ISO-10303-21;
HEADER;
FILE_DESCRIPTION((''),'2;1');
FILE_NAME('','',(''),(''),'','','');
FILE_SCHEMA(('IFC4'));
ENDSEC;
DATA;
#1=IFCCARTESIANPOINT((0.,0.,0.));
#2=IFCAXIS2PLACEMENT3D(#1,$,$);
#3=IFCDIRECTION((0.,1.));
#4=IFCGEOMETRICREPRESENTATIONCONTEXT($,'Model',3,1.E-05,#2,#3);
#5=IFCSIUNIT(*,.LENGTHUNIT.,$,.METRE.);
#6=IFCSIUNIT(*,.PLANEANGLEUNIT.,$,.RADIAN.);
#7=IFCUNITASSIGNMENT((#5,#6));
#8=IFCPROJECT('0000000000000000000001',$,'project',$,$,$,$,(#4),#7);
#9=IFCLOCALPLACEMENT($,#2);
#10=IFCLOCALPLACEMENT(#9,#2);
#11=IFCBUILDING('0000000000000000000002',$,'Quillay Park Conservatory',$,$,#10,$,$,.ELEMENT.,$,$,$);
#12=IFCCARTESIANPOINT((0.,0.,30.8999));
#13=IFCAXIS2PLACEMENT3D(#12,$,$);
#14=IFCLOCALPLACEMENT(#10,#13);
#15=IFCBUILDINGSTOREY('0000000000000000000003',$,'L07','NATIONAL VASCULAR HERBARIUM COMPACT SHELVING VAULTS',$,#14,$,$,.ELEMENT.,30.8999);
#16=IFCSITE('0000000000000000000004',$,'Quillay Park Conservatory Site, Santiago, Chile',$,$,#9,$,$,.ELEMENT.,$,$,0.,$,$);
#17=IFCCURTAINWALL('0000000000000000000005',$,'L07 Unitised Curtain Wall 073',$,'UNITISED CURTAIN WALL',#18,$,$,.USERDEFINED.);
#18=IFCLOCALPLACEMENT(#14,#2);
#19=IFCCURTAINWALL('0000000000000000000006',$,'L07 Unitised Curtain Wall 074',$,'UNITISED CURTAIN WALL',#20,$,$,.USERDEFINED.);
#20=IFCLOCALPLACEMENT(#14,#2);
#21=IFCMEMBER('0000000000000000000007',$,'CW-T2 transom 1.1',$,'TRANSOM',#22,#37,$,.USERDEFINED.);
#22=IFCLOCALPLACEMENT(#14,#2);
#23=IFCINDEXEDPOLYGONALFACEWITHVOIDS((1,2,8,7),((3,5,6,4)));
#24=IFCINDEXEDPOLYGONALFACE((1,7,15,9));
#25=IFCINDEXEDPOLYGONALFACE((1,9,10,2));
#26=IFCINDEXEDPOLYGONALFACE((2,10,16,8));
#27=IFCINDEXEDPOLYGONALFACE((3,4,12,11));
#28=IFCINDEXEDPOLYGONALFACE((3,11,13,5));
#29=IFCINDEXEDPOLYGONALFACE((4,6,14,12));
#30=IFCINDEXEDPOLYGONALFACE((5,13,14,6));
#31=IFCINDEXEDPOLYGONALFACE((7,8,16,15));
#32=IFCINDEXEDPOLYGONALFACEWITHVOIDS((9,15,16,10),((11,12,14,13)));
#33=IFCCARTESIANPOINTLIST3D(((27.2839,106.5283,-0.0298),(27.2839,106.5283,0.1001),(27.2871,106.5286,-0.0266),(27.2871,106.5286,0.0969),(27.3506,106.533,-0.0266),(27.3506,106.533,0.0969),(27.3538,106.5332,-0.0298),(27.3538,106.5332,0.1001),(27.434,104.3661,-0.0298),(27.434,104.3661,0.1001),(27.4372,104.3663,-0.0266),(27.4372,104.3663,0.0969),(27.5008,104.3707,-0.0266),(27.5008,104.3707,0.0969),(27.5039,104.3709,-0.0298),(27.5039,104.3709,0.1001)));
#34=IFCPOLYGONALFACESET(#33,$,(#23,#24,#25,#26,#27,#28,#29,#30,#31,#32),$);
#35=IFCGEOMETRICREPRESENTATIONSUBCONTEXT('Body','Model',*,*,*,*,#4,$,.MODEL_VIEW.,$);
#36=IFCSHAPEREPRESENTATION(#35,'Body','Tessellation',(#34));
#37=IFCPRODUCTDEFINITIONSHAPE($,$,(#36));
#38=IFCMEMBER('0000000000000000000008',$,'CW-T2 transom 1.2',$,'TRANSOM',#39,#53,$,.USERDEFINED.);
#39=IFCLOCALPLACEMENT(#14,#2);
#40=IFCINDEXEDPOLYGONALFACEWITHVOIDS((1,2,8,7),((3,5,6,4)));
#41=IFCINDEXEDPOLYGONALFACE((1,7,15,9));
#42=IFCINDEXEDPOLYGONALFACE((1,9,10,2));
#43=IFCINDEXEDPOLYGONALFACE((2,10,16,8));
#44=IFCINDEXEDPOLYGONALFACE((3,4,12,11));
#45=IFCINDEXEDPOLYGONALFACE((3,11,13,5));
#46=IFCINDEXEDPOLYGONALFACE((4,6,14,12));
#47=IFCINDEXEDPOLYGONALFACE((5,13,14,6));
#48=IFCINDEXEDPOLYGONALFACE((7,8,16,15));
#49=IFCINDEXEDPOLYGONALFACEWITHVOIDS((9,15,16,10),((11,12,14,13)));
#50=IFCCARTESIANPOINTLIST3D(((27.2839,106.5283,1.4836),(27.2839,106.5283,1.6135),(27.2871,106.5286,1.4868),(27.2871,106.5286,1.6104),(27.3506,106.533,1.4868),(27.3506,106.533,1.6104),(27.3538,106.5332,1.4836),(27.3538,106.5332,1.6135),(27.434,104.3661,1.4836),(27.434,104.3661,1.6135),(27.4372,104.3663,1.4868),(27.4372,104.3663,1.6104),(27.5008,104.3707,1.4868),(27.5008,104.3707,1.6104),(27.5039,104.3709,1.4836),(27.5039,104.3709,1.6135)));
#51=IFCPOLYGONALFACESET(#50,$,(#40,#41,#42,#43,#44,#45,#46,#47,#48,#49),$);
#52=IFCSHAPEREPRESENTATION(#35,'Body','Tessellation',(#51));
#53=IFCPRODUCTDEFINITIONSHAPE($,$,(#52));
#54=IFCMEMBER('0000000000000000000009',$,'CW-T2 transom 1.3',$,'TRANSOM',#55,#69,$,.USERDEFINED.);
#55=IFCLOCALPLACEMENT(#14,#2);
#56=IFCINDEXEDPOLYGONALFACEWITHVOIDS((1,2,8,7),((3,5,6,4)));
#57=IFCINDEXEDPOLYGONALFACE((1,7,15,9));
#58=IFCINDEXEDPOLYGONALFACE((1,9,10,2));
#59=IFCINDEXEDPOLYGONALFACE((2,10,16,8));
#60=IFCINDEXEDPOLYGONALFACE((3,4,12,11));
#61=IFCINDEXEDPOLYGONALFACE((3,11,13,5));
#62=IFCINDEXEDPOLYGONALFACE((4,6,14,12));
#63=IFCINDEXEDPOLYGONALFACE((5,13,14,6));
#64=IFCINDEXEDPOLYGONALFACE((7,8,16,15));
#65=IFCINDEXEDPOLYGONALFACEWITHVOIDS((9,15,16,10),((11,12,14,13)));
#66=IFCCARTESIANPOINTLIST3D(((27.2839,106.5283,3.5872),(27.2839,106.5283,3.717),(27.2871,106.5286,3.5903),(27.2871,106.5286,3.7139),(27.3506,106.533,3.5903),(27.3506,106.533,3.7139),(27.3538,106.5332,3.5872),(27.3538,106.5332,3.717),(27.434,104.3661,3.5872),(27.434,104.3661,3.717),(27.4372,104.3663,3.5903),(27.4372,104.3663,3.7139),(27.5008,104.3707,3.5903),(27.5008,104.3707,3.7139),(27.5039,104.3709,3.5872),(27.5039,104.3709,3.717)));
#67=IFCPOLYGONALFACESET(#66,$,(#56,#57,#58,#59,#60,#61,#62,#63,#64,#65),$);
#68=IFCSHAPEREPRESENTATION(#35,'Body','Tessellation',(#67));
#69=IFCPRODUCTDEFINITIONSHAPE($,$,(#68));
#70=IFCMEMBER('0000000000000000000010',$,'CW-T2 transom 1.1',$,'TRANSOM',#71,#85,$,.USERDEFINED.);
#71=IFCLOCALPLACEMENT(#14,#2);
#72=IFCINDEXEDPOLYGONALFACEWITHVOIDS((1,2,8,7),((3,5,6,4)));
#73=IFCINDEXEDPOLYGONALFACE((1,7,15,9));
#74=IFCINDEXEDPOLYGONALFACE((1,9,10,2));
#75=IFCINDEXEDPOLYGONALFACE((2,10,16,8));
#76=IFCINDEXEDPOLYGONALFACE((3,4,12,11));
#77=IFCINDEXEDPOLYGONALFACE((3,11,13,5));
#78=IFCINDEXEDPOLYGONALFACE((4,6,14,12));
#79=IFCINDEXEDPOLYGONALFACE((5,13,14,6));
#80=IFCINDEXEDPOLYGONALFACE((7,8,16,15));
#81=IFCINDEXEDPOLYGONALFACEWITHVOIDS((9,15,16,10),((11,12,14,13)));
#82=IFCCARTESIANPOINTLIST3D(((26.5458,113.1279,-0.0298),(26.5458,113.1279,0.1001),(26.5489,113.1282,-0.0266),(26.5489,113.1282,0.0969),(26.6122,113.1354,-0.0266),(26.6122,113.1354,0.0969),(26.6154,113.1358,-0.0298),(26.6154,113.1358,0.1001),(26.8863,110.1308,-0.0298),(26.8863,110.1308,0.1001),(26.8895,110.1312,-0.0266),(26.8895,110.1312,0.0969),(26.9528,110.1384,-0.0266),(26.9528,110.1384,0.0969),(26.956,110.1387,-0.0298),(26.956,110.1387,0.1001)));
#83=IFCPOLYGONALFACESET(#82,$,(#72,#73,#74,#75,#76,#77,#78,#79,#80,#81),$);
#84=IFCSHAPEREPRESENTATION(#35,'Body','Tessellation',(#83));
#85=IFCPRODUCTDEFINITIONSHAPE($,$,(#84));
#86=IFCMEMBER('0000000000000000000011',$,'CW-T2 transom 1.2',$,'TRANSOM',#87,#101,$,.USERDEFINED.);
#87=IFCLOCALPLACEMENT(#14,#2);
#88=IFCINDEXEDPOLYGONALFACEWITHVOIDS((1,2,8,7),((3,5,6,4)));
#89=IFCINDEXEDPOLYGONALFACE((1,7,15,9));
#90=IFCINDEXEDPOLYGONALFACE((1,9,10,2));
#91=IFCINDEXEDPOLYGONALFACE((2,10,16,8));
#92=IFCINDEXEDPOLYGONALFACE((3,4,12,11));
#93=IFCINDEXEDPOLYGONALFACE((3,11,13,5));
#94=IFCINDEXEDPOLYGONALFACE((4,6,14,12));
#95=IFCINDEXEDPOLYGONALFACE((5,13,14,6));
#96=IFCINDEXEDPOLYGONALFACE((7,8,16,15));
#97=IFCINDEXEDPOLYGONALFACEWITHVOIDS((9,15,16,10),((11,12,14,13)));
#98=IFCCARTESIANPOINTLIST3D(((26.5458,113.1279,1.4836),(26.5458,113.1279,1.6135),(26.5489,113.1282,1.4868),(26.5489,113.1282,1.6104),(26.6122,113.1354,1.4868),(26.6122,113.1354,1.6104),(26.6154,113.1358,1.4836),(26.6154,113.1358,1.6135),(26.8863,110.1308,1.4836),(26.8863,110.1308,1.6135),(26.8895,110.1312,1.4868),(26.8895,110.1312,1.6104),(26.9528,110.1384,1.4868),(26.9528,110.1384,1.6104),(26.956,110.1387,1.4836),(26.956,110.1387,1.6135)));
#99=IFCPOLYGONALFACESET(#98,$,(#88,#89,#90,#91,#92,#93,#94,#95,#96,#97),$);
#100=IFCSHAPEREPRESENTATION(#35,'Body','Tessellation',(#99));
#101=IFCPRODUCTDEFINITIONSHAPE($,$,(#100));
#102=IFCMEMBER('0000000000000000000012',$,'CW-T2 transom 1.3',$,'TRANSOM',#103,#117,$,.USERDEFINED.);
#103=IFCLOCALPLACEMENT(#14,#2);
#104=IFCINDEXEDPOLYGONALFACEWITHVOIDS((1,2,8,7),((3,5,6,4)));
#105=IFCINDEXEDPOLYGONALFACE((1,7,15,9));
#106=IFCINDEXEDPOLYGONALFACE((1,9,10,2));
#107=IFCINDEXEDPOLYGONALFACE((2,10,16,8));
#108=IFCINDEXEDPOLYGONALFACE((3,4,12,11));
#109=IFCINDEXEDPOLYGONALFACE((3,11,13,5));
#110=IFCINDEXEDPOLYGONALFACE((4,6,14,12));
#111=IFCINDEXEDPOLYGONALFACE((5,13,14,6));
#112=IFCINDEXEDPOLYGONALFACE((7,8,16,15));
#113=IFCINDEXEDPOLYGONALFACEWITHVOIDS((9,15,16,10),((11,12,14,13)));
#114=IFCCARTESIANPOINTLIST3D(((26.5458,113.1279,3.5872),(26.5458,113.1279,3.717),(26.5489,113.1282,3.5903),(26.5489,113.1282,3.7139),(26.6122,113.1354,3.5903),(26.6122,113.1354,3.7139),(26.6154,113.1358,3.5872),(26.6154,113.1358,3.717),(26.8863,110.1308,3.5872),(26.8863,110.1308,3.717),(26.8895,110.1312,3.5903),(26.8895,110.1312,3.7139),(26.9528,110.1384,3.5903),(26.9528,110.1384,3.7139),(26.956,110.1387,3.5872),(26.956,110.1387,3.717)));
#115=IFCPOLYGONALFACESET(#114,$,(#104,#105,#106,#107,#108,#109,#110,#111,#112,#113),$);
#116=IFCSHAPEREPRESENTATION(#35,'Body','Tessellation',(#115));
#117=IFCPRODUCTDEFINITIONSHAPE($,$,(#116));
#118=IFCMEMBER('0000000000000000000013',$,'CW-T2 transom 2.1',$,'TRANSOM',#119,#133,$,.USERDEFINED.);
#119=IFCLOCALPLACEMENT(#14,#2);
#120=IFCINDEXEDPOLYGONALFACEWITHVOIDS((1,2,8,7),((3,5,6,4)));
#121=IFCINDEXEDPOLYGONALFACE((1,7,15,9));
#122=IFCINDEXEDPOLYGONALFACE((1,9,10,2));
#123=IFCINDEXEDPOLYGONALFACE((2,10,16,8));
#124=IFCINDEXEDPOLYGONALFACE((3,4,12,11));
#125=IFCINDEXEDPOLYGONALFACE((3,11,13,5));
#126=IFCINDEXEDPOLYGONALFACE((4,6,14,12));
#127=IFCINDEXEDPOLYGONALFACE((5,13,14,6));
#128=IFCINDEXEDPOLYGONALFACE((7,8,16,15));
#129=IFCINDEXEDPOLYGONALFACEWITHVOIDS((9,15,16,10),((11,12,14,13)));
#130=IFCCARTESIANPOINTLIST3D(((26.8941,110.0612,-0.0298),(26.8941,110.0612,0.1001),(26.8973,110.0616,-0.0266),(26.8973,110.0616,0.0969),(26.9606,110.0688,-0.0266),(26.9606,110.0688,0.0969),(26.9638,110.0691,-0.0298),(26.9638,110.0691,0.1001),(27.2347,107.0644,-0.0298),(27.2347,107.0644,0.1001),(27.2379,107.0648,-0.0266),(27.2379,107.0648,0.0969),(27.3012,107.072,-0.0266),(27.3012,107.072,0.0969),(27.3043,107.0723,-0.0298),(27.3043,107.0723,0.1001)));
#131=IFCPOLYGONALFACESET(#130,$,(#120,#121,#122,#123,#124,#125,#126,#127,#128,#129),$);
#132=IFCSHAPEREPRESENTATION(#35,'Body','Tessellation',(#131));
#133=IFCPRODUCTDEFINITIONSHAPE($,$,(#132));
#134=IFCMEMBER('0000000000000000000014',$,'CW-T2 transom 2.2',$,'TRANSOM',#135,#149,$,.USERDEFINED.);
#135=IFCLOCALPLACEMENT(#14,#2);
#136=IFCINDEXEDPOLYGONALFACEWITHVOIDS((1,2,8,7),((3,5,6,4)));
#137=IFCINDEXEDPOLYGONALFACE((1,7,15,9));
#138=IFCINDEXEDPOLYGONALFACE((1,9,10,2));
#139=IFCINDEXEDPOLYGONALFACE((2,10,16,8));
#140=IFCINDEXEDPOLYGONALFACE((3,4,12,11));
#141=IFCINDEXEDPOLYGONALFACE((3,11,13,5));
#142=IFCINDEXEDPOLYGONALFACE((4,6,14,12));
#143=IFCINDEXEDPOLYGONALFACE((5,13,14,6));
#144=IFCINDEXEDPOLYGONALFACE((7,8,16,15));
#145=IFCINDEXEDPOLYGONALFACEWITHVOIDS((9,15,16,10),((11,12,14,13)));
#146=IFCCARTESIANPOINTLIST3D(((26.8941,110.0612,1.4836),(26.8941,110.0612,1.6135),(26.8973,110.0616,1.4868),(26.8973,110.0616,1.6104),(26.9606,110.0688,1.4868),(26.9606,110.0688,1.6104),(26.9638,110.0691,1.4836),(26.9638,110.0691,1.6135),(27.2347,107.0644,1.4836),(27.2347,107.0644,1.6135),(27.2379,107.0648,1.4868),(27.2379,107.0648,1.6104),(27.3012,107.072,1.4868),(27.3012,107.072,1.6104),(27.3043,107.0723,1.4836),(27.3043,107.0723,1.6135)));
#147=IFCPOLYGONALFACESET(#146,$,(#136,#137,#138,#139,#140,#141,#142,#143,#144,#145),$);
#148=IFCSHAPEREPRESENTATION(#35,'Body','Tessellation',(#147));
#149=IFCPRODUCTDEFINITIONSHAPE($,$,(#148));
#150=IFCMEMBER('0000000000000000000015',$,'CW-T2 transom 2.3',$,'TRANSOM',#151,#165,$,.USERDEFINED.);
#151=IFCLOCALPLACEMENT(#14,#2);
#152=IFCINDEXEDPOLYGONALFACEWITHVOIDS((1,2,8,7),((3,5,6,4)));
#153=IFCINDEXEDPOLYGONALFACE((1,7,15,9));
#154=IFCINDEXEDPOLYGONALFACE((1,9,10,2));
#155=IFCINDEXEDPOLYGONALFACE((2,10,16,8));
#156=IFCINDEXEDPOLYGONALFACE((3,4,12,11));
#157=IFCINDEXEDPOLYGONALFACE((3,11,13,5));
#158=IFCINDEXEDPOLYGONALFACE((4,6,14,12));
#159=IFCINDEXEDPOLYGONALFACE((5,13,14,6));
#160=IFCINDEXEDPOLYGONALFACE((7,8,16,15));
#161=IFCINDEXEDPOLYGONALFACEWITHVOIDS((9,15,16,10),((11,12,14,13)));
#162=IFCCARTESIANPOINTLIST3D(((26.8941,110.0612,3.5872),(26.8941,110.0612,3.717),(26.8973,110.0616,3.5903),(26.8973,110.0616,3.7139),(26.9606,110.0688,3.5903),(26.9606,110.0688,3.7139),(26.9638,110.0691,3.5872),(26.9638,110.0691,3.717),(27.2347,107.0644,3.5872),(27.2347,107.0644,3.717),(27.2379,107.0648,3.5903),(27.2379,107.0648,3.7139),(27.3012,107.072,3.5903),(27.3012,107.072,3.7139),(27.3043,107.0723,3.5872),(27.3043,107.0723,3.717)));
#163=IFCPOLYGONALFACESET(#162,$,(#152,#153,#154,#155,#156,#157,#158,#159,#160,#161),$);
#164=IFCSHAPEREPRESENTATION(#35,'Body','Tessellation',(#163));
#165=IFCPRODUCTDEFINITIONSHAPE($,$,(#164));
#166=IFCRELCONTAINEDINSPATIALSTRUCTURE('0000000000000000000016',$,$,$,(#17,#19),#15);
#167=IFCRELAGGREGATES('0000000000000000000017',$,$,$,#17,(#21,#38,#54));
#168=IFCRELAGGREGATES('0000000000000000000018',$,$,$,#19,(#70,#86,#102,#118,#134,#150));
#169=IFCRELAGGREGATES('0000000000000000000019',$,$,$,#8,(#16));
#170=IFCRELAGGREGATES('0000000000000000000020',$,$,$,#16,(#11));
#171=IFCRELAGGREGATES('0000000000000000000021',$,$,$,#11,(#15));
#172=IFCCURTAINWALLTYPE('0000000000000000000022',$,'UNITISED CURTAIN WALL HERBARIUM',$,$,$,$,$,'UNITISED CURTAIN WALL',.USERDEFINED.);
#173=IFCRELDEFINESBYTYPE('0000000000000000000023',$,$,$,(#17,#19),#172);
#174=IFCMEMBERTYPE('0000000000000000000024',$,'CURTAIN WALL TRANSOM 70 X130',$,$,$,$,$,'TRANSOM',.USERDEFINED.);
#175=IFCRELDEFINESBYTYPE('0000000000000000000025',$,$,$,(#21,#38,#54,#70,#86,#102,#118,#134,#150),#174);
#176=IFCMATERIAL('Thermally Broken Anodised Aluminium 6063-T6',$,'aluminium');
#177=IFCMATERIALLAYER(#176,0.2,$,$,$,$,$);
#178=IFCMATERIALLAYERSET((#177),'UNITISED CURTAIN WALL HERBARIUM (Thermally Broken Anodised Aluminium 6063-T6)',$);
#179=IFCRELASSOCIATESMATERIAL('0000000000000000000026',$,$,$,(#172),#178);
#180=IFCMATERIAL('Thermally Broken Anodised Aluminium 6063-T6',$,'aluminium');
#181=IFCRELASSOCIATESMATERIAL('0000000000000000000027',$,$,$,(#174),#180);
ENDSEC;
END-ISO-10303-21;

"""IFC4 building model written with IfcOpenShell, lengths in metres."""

from ifc_helpers import new_model, si_unit, direction, frame, origin, origin_2d, place, context, subcontext, project, spatial, hollow_rectangle, extrude, material, layer, layer_set, material_profile, profile_set, type_object, element, aggregate, save


model = new_model("IFC4")

# Units and contexts
model_context = context("Model", 3, precision=1e-05, world=origin(), true_north=direction((0.0, 1.0)))
body_context = subcontext(model_context, "Body", "Model", "MODEL_VIEW")
ifc_project = project(units=[si_unit("LENGTHUNIT", "METRE"), si_unit("PLANEANGLEUNIT", "RADIAN")], contexts=[model_context])

# Site, building, storey
site_placement = place(None, origin())
site = spatial("IfcSite", under=ifc_project, at=site_placement, Name="Quillay Park Conservatory Site, Santiago, Chile", CompositionType="ELEMENT", RefElevation=0.0)
building_placement = place(site_placement, origin())
building = spatial("IfcBuilding", under=site, at=building_placement, Name="Quillay Park Conservatory", CompositionType="ELEMENT")
storey_placement = place(building_placement, frame((0.0, 0.0, 30.8999)))
storey = spatial("IfcBuildingStorey", under=building, at=storey_placement, Name="L07", Description="NATIONAL VASCULAR HERBARIUM COMPACT SHELVING VAULTS", CompositionType="ELEMENT", Elevation=30.8999)

# Curtain wall
ifc_material_1 = material(Name="Thermally Broken Anodised Aluminium 6063-T6", Category="aluminium")
ifc_layer_1 = layer(ifc_material_1, 0.2)
ifc_layer_set_1 = layer_set([ifc_layer_1], Name="UNITISED CURTAIN WALL HERBARIUM (Thermally Broken Anodised Aluminium 6063-T6)")
curtain_wall_type = type_object("IfcCurtainWallType", Name="UNITISED CURTAIN WALL HERBARIUM", ElementType="UNITISED CURTAIN WALL", PredefinedType="USERDEFINED", material=ifc_layer_set_1)
curtain_wall_1_placement = place(storey_placement, origin())
curtain_wall_1 = element("IfcCurtainWall", 1, at=curtain_wall_1_placement, inside=storey, type_object=curtain_wall_type, Name="L07 Unitised Curtain Wall 073", ObjectType="UNITISED CURTAIN WALL", PredefinedType="USERDEFINED")

# Curtain wall
curtain_wall_2_placement = place(storey_placement, origin())
curtain_wall_2 = element("IfcCurtainWall", 2, at=curtain_wall_2_placement, inside=storey, type_object=curtain_wall_type, Name="L07 Unitised Curtain Wall 074", ObjectType="UNITISED CURTAIN WALL", PredefinedType="USERDEFINED")

# Members
ifc_material_2 = material(Name="Thermally Broken Anodised Aluminium 6063-T6", Category="aluminium")
ifc_material_profile_1 = material_profile(ifc_material_2, hollow_rectangle(XDim=0.0701, YDim=0.1299, WallThickness=0.0032, at=origin_2d()), Name="AL70x130x3.2")
ifc_profile_set_1 = profile_set([ifc_material_profile_1], Name="Thermally Broken Anodised Aluminium 6063-T6")
member_type_1 = type_object("IfcMemberType", Name="CURTAIN WALL TRANSOM 70 X130", ElementType="TRANSOM", PredefinedType="USERDEFINED", material=ifc_profile_set_1)
member_1_placement = place(storey_placement, frame((27.3188, 106.5308, 0.0352), z_axis=(0.06927, -0.997598, 0.0), x_axis=(0.997598, 0.06927, 0.0)))
member_1 = element("IfcMember", 3, at=member_1_placement, type_object=member_type_1, Name="CW-T2 transom 1.1", ObjectType="TRANSOM", PredefinedType="USERDEFINED", context=body_context, shape_type="SweptSolid", body=[
    extrude(hollow_rectangle(XDim=0.0701, YDim=0.1299, WallThickness=0.0032, at=origin_2d()), origin(), (0.0, 0.0, 1.0), 2.1675),
])
member_2_placement = place(storey_placement, frame((27.3188, 106.5308, 1.5486), z_axis=(0.06927, -0.997598, 0.0), x_axis=(0.997598, 0.06927, 0.0)))
member_2 = element("IfcMember", 4, at=member_2_placement, type_object=member_type_1, Name="CW-T2 transom 1.2", ObjectType="TRANSOM", PredefinedType="USERDEFINED", context=body_context, shape_type="SweptSolid", body=[
    extrude(hollow_rectangle(XDim=0.0701, YDim=0.1299, WallThickness=0.0032, at=origin_2d()), origin(), (0.0, 0.0, 1.0), 2.1675),
])
member_3_placement = place(storey_placement, frame((27.3188, 106.5308, 3.6521), z_axis=(0.06927, -0.997598, 0.0), x_axis=(0.997598, 0.06927, 0.0)))
member_3 = element("IfcMember", 5, at=member_3_placement, type_object=member_type_1, Name="CW-T2 transom 1.3", ObjectType="TRANSOM", PredefinedType="USERDEFINED", context=body_context, shape_type="SweptSolid", body=[
    extrude(hollow_rectangle(XDim=0.0701, YDim=0.1299, WallThickness=0.0032, at=origin_2d()), origin(), (0.0, 0.0, 1.0), 2.1675),
])
member_4_placement = place(storey_placement, frame((26.5806, 113.1318, 0.0352), z_axis=(0.11291, -0.993605, 0.0), x_axis=(0.993605, 0.11291, 0.0)))
member_4 = element("IfcMember", 6, at=member_4_placement, type_object=member_type_1, Name="CW-T2 transom 1.1", ObjectType="TRANSOM", PredefinedType="USERDEFINED", context=body_context, shape_type="SweptSolid", body=[
    extrude(hollow_rectangle(XDim=0.0701, YDim=0.1299, WallThickness=0.0032, at=origin_2d()), origin(), (0.0, 0.0, 1.0), 3.0164),
])
member_5_placement = place(storey_placement, frame((26.5806, 113.1318, 1.5486), z_axis=(0.11291, -0.993605, 0.0), x_axis=(0.993605, 0.11291, 0.0)))
member_5 = element("IfcMember", 7, at=member_5_placement, type_object=member_type_1, Name="CW-T2 transom 1.2", ObjectType="TRANSOM", PredefinedType="USERDEFINED", context=body_context, shape_type="SweptSolid", body=[
    extrude(hollow_rectangle(XDim=0.0701, YDim=0.1299, WallThickness=0.0032, at=origin_2d()), origin(), (0.0, 0.0, 1.0), 3.0164),
])
member_6_placement = place(storey_placement, frame((26.5806, 113.1318, 3.6521), z_axis=(0.11291, -0.993605, 0.0), x_axis=(0.993605, 0.11291, 0.0)))
member_6 = element("IfcMember", 8, at=member_6_placement, type_object=member_type_1, Name="CW-T2 transom 1.3", ObjectType="TRANSOM", PredefinedType="USERDEFINED", context=body_context, shape_type="SweptSolid", body=[
    extrude(hollow_rectangle(XDim=0.0701, YDim=0.1299, WallThickness=0.0032, at=origin_2d()), origin(), (0.0, 0.0, 1.0), 3.0164),
])
member_7_placement = place(storey_placement, frame((26.929, 110.0652, 0.0352), z_axis=(0.112919, -0.993604, 0.0), x_axis=(0.993604, 0.112919, 0.0)))
member_7 = element("IfcMember", 9, at=member_7_placement, type_object=member_type_1, Name="CW-T2 transom 2.1", ObjectType="TRANSOM", PredefinedType="USERDEFINED", context=body_context, shape_type="SweptSolid", body=[
    extrude(hollow_rectangle(XDim=0.0701, YDim=0.1299, WallThickness=0.0032, at=origin_2d()), origin(), (0.0, 0.0, 1.0), 3.0161),
])
member_8_placement = place(storey_placement, frame((26.929, 110.0652, 1.5486), z_axis=(0.112919, -0.993604, 0.0), x_axis=(0.993604, 0.112919, 0.0)))
member_8 = element("IfcMember", 10, at=member_8_placement, type_object=member_type_1, Name="CW-T2 transom 2.2", ObjectType="TRANSOM", PredefinedType="USERDEFINED", context=body_context, shape_type="SweptSolid", body=[
    extrude(hollow_rectangle(XDim=0.0701, YDim=0.1299, WallThickness=0.0032, at=origin_2d()), origin(), (0.0, 0.0, 1.0), 3.0161),
])
member_9_placement = place(storey_placement, frame((26.929, 110.0652, 3.6521), z_axis=(0.112919, -0.993604, 0.0), x_axis=(0.993604, 0.112919, 0.0)))
member_9 = element("IfcMember", 11, at=member_9_placement, type_object=member_type_1, Name="CW-T2 transom 2.3", ObjectType="TRANSOM", PredefinedType="USERDEFINED", context=body_context, shape_type="SweptSolid", body=[
    extrude(hollow_rectangle(XDim=0.0701, YDim=0.1299, WallThickness=0.0032, at=origin_2d()), origin(), (0.0, 0.0, 1.0), 3.0161),
])

aggregate(curtain_wall_1, [member_1, member_2, member_3])
aggregate(curtain_wall_2, [member_4, member_5, member_6, member_7, member_8, member_9])

save(model, "model.ifc")
